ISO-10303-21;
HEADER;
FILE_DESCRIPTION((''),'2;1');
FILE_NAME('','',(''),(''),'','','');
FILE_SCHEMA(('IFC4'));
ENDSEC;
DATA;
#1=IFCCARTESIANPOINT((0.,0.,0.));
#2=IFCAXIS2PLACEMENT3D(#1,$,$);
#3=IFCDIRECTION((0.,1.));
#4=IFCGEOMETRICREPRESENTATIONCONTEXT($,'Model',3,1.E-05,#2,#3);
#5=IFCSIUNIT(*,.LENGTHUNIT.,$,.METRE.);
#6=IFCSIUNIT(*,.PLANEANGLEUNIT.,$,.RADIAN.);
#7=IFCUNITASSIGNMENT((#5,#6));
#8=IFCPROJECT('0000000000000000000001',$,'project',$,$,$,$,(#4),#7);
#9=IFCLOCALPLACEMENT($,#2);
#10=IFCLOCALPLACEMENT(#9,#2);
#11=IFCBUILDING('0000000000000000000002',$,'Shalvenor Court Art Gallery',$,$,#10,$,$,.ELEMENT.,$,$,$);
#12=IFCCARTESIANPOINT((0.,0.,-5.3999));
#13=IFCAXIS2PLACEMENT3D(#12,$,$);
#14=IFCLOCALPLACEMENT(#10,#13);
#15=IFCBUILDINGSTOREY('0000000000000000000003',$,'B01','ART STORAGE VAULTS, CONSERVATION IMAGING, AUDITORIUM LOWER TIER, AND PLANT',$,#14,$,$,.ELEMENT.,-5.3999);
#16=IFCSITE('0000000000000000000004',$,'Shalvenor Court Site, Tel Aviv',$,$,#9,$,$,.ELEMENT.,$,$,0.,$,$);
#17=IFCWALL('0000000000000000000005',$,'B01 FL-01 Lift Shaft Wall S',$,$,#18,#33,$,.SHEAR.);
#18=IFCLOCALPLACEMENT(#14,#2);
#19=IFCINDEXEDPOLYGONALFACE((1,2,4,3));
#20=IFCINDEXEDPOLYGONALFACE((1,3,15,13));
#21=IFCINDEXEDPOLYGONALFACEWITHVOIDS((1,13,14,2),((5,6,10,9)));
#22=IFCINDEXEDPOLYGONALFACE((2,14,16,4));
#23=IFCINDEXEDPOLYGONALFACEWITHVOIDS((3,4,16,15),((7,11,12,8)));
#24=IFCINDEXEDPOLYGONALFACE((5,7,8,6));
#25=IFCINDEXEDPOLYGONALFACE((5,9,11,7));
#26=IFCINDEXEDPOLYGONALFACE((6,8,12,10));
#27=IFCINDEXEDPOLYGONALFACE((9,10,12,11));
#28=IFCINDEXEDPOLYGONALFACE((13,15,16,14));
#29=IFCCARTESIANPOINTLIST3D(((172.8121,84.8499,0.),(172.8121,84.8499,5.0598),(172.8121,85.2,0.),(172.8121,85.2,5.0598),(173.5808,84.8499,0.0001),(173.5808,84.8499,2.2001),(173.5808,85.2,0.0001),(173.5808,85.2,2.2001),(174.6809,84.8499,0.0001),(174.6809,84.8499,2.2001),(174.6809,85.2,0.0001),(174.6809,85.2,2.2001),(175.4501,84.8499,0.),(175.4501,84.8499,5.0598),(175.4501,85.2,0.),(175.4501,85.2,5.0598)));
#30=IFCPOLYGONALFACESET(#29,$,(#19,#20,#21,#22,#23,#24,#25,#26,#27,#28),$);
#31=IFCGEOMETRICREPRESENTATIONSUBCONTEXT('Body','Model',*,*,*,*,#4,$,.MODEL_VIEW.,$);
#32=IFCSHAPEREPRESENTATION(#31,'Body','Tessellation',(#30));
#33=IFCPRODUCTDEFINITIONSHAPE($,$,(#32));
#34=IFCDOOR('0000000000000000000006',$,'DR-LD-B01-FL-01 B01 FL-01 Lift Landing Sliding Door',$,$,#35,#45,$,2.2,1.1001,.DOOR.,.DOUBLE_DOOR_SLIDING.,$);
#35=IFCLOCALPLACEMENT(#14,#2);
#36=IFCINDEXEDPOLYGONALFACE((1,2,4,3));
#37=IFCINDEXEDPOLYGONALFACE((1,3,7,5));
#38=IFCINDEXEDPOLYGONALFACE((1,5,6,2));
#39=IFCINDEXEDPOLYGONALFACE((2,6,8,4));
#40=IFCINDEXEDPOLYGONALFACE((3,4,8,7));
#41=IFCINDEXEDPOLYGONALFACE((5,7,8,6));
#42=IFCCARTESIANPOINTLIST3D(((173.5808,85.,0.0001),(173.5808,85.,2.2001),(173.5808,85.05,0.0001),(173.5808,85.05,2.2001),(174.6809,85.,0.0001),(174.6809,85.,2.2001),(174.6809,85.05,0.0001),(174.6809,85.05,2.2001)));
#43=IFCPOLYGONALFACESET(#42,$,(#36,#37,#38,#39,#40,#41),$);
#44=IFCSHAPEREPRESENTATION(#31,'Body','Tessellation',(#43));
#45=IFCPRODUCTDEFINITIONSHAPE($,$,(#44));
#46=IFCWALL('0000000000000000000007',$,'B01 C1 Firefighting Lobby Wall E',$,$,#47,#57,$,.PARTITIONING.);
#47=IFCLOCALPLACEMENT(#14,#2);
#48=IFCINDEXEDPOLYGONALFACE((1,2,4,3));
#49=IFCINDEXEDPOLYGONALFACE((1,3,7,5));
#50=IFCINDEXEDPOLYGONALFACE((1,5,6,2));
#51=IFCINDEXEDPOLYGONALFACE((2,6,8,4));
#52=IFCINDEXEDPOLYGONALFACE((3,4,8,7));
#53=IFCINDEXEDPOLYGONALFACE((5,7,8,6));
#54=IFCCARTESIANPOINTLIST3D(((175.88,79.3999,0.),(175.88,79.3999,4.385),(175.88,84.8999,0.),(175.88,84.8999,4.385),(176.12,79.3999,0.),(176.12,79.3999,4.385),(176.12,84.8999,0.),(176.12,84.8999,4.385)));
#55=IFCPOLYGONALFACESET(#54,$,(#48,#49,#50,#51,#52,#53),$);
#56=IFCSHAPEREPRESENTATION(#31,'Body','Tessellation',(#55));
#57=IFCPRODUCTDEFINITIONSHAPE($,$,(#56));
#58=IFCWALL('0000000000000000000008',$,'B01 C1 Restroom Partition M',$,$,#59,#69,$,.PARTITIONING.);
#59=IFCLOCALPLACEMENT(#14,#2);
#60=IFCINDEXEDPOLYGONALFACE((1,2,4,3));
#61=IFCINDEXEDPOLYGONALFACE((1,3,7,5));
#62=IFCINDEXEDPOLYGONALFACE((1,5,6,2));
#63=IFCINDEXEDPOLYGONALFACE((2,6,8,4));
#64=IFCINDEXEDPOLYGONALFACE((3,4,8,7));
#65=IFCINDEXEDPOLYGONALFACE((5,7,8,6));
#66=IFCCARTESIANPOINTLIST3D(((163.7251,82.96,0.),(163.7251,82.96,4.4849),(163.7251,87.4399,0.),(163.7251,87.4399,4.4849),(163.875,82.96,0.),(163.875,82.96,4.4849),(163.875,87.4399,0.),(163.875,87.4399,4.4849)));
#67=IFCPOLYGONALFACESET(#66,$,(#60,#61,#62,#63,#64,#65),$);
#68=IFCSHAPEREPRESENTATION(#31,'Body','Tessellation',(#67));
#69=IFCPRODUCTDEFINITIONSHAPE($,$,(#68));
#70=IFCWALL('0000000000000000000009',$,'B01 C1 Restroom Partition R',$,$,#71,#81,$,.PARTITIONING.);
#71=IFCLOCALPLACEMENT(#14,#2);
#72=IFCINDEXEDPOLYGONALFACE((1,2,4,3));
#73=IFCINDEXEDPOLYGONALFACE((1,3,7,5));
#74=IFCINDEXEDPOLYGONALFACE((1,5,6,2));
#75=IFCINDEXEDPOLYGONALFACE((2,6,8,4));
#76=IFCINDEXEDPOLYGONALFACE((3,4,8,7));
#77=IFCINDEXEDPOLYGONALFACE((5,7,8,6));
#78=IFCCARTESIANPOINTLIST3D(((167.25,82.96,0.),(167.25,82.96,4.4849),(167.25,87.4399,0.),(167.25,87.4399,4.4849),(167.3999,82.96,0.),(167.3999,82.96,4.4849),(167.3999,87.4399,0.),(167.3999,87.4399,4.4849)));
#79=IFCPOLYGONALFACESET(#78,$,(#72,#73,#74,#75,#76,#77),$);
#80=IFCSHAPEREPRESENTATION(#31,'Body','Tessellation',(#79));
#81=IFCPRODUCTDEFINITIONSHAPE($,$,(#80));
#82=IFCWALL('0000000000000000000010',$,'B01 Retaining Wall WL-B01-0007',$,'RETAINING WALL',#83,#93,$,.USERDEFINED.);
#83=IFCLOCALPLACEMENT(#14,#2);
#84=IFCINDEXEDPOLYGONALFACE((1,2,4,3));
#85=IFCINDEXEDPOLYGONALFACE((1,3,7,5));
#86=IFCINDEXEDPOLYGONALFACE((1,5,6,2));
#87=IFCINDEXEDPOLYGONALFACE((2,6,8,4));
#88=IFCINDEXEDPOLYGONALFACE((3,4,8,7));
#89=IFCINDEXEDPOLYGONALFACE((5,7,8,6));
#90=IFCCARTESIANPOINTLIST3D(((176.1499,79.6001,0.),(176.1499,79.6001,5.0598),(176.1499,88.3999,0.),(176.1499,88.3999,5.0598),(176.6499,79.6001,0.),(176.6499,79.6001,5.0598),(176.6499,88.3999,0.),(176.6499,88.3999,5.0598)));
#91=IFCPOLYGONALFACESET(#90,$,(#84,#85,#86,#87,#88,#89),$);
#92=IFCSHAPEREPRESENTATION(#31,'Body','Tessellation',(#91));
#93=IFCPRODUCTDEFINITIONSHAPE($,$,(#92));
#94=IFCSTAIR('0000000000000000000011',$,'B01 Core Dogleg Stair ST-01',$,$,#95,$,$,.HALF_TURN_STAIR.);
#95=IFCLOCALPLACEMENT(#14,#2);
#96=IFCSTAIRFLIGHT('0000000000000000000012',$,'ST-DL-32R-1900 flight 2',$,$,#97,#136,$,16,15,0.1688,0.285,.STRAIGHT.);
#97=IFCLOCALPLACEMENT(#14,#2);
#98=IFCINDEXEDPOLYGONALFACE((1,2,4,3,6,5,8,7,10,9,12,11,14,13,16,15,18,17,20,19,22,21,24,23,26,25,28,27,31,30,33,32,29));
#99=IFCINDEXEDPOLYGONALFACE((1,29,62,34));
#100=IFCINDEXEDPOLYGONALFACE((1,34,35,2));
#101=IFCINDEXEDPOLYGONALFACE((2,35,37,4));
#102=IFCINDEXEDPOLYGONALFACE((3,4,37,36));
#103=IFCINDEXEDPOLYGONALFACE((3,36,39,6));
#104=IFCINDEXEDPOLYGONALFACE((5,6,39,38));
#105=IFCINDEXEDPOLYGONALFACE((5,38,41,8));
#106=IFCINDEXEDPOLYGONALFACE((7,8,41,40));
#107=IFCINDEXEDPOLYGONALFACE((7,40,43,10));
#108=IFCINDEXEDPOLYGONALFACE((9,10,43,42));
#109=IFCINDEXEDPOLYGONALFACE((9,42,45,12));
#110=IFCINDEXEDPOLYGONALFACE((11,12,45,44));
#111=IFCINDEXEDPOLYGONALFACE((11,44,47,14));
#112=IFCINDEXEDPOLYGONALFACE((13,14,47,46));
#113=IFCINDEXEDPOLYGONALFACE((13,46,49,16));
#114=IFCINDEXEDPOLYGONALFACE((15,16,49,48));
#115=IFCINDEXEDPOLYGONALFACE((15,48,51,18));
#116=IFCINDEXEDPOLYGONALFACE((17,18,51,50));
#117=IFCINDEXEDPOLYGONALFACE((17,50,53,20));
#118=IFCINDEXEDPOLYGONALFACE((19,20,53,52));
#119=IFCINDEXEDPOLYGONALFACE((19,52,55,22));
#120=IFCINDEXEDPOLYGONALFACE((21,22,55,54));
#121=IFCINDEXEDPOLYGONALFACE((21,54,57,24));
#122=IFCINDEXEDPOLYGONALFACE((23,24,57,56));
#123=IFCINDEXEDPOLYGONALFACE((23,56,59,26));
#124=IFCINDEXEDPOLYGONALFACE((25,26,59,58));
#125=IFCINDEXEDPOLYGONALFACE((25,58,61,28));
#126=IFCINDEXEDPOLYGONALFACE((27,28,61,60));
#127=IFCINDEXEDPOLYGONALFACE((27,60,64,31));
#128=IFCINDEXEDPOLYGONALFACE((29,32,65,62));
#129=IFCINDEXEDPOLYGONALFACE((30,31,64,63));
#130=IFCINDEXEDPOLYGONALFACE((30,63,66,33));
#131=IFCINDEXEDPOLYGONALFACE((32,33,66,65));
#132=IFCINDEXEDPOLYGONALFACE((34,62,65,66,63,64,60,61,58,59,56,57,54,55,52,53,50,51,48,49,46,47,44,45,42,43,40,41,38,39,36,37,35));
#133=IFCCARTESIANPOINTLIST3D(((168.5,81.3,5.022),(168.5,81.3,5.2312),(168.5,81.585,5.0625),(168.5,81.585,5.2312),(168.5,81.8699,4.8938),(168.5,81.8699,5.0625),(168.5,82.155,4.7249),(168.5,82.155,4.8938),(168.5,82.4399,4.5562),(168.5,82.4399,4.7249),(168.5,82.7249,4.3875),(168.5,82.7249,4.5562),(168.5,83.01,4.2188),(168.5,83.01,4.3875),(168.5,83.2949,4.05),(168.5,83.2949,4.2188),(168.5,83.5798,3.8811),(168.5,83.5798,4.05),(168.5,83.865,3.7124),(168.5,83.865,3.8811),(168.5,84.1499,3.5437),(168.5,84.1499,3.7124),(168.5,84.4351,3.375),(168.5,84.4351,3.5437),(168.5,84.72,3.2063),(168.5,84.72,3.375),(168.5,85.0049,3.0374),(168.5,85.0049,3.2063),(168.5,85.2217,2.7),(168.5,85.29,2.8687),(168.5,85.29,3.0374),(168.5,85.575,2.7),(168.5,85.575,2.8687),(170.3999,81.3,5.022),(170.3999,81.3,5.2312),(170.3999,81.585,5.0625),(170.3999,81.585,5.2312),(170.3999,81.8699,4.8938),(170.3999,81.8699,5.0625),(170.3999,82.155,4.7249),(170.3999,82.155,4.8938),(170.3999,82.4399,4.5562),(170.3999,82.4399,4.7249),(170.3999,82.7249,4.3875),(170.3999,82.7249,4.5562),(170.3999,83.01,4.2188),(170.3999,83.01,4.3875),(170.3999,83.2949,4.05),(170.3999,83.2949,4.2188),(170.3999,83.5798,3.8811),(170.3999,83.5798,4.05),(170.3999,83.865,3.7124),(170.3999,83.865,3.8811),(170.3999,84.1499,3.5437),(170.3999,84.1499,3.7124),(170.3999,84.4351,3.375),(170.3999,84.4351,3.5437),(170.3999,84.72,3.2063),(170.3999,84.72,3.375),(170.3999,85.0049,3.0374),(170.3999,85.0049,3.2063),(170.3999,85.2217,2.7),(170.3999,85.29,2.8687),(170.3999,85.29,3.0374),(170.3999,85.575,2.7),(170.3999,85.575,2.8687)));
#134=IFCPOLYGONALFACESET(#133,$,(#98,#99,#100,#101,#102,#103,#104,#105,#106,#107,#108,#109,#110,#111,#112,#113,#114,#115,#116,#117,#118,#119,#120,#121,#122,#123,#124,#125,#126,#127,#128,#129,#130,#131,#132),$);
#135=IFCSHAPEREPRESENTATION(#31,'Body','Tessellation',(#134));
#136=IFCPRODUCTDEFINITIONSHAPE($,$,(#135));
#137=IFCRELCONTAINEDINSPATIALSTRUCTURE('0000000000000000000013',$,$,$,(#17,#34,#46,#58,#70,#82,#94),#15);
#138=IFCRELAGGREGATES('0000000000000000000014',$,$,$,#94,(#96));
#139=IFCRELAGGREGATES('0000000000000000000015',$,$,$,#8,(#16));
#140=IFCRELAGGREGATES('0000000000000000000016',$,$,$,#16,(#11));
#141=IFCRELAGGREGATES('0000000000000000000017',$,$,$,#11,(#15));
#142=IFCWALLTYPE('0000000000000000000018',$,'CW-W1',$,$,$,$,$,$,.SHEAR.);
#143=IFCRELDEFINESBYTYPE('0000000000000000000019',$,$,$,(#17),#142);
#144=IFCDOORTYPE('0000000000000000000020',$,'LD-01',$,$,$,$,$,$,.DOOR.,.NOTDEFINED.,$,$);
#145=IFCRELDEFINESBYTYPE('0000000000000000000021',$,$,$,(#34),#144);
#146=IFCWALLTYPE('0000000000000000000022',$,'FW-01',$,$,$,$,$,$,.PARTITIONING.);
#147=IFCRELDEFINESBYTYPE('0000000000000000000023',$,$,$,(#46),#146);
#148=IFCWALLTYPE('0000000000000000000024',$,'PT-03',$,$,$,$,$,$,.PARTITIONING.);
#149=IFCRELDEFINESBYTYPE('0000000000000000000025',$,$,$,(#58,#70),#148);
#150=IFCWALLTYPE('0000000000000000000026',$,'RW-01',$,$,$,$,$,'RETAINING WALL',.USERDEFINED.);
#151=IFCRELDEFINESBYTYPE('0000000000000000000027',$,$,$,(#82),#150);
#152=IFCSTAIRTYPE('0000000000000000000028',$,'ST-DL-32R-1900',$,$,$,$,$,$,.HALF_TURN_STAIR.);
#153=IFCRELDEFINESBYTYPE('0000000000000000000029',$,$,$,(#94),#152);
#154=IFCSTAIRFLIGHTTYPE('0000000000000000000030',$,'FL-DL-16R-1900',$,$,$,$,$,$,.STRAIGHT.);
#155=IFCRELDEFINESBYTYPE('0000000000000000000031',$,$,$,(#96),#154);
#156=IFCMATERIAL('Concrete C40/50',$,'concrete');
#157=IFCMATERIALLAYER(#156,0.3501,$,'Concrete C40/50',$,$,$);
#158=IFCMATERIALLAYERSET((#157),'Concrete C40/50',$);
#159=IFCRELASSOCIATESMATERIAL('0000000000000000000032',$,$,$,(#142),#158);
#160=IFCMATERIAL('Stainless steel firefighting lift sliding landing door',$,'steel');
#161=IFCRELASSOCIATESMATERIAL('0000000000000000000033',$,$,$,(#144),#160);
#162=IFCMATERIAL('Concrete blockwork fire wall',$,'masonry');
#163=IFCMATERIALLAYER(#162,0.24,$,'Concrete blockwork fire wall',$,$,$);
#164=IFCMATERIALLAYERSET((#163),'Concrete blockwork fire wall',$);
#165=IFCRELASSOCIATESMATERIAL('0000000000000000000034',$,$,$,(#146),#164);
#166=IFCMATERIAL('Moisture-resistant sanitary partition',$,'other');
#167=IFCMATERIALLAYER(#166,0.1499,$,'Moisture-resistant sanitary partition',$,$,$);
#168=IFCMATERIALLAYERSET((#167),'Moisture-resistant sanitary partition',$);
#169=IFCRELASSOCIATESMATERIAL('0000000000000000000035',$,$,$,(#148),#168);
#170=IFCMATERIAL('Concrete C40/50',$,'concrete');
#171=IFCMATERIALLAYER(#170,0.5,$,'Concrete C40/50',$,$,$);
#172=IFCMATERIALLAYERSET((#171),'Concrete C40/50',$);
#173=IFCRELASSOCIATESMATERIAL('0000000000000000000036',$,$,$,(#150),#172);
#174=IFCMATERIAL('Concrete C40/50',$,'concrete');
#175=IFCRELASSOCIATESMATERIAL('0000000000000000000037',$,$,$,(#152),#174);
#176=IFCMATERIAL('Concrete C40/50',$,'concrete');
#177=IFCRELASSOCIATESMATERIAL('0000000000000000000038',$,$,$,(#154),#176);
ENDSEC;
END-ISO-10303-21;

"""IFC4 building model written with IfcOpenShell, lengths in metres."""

from ifc_helpers import new_model, si_unit, direction, frame, frame_2d, origin, place, context, subcontext, project, spatial, polyline, rectangle, outline, extrude, material, layer, layer_set, type_object, element, fill, aggregate, save


model = new_model("IFC4")

# Units and contexts
model_context = context("Model", 3, precision=1e-05, world=origin(), true_north=direction((0.0, 1.0)))
body_context = subcontext(model_context, "Body", "Model", "MODEL_VIEW")
ifc_project = project(units=[si_unit("LENGTHUNIT", "METRE"), si_unit("PLANEANGLEUNIT", "RADIAN")], contexts=[model_context])

# Site, building, storey
site_placement = place(None, origin())
site = spatial("IfcSite", under=ifc_project, at=site_placement, Name="Shalvenor Court Site, Tel Aviv", CompositionType="ELEMENT", RefElevation=0.0)
building_placement = place(site_placement, origin())
building = spatial("IfcBuilding", under=site, at=building_placement, Name="Shalvenor Court Art Gallery", CompositionType="ELEMENT")
storey_placement = place(building_placement, frame((0.0, 0.0, -5.3999)))
storey = spatial("IfcBuildingStorey", under=building, at=storey_placement, Name="B01", Description="ART STORAGE VAULTS, CONSERVATION IMAGING, AUDITORIUM LOWER TIER, AND PLANT", CompositionType="ELEMENT", Elevation=-5.3999)

# Shared definitions
ifc_material_1 = material(Name="Concrete C40/50", Category="concrete")
ifc_layer_1 = layer(ifc_material_1, 0.3501, Name="Concrete C40/50")
ifc_layer_set_1 = layer_set([ifc_layer_1], Name="Concrete C40/50")
wall_type_1 = type_object("IfcWallType", Name="CW-W1", PredefinedType="SHEAR", material=ifc_layer_set_1)

# Wall, opening, door
wall_1_placement = place(storey_placement, frame((175.45, 85.0249, 0.0), z_axis=(0.0, 0.0, 1.0), x_axis=(-1.0, 0.0, 0.0)))
wall_1 = element("IfcWall", 1, at=wall_1_placement, inside=storey, type_object=wall_type_1, Name="B01 FL-01 Lift Shaft Wall S", PredefinedType="SHEAR", context=body_context, shape_type="SweptSolid", body=[
    extrude(rectangle(XDim=2.6379, YDim=0.3501, at=frame_2d((1.3188, 0.0))), origin(), (0.0, 0.0, 1.0), 5.0598),
])
opening_placement = place(wall_1_placement, frame((0.769, 0.0, 0.0)))
opening = element("IfcOpeningElement", 2, at=opening_placement, cuts=wall_1, PredefinedType="OPENING", context=body_context, shape_type="SweptSolid", body=[
    extrude(rectangle(XDim=1.1001, YDim=2.2, at=frame_2d((0.55, 1.1001))), frame((0.0, 0.1851, 0.0), z_axis=(0.0, -1.0, 0.0), x_axis=(1.0, 0.0, 0.0)), (0.0, 0.0, 1.0), 0.3701),
])
ifc_material_2 = material(Name="Stainless steel firefighting lift sliding landing door", Category="steel")
door_type = type_object("IfcDoorType", Name="LD-01", OperationType="NOTDEFINED", PredefinedType="DOOR", material=ifc_material_2)
door_placement = place(opening_placement, origin())
door = element("IfcDoor", 3, at=door_placement, inside=storey, type_object=door_type, Name="DR-LD-B01-FL-01 B01 FL-01 Lift Landing Sliding Door", OperationType="DOUBLE_DOOR_SLIDING", OverallHeight=2.2, OverallWidth=1.1001, PredefinedType="DOOR", context=body_context, shape_type="SweptSolid", body=[
    extrude(rectangle(XDim=1.1001, YDim=2.2, at=frame_2d((0.55, 1.1001))), frame((0.0, 0.0249, 0.0), z_axis=(0.0, -1.0, 0.0), x_axis=(1.0, 0.0, 0.0)), (0.0, 0.0, 1.0), 0.05),
])
fill(opening, door)

# Walls
ifc_material_3 = material(Name="Concrete blockwork fire wall", Category="masonry")
ifc_layer_2 = layer(ifc_material_3, 0.24, Name="Concrete blockwork fire wall")
ifc_layer_set_2 = layer_set([ifc_layer_2], Name="Concrete blockwork fire wall")
wall_type_2 = type_object("IfcWallType", Name="FW-01", PredefinedType="PARTITIONING", material=ifc_layer_set_2)
wall_2_placement = place(storey_placement, frame((176.0, 84.8999, 0.0), z_axis=(0.0, 0.0, 1.0), x_axis=(0.0, -1.0, 0.0)))
element("IfcWall", 4, at=wall_2_placement, inside=storey, type_object=wall_type_2, Name="B01 C1 Firefighting Lobby Wall E", PredefinedType="PARTITIONING", context=body_context, shape_type="SweptSolid", body=[
    extrude(rectangle(XDim=5.5, YDim=0.24, at=frame_2d((2.75, 0.0))), origin(), (0.0, 0.0, 1.0), 4.385),
])
ifc_material_4 = material(Name="Moisture-resistant sanitary partition", Category="other")
ifc_layer_3 = layer(ifc_material_4, 0.1499, Name="Moisture-resistant sanitary partition")
ifc_layer_set_3 = layer_set([ifc_layer_3], Name="Moisture-resistant sanitary partition")
wall_type_3 = type_object("IfcWallType", Name="PT-03", PredefinedType="PARTITIONING", material=ifc_layer_set_3)
for number, where, z_axis, x_axis, name in (
    (5, (163.8, 82.96, 0.0), (0.0, 0.0, 1.0), (0.0, 1.0, 0.0), "B01 C1 Restroom Partition M"),
    (6, (167.325, 82.96, 0.0), (0.0, 0.0, 1.0), (0.0, 1.0, 0.0), "B01 C1 Restroom Partition R"),
):
    element("IfcWall", number, at=place(storey_placement, frame(where, z_axis=z_axis, x_axis=x_axis)), inside=storey, type_object=wall_type_3, Name=name, PredefinedType="PARTITIONING", context=body_context, shape_type="SweptSolid", body=[
        extrude(rectangle(XDim=4.48, YDim=0.1499, at=frame_2d((2.24, 0.0))), origin(), (0.0, 0.0, 1.0), 4.4849),
    ])
ifc_material_5 = material(Name="Concrete C40/50", Category="concrete")
ifc_layer_4 = layer(ifc_material_5, 0.5, Name="Concrete C40/50")
ifc_layer_set_4 = layer_set([ifc_layer_4], Name="Concrete C40/50")
wall_type_4 = type_object("IfcWallType", Name="RW-01", ElementType="RETAINING WALL", PredefinedType="USERDEFINED", material=ifc_layer_set_4)
wall_3_placement = place(storey_placement, frame((176.3999, 88.3999, 0.0), z_axis=(0.0, 0.0, 1.0), x_axis=(0.0, -1.0, 0.0)))
element("IfcWall", 7, at=wall_3_placement, inside=storey, type_object=wall_type_4, Name="B01 Retaining Wall WL-B01-0007", ObjectType="RETAINING WALL", PredefinedType="USERDEFINED", context=body_context, shape_type="SweptSolid", body=[
    extrude(rectangle(XDim=8.7998, YDim=0.5, at=frame_2d((4.3999, 0.0))), origin(), (0.0, 0.0, 1.0), 5.0598),
])

# Stair, stair flight
ifc_material_6 = material(Name="Concrete C40/50", Category="concrete")
stair_type = type_object("IfcStairType", Name="ST-DL-32R-1900", PredefinedType="HALF_TURN_STAIR", material=ifc_material_6)
stair_placement = place(storey_placement, origin())
stair = element("IfcStair", 8, at=stair_placement, inside=storey, type_object=stair_type, Name="B01 Core Dogleg Stair ST-01", PredefinedType="HALF_TURN_STAIR")
ifc_material_7 = material(Name="Concrete C40/50", Category="concrete")
stair_flight_type = type_object("IfcStairFlightType", Name="FL-DL-16R-1900", PredefinedType="STRAIGHT", material=ifc_material_7)
stair_flight_placement = place(storey_placement, frame((169.45, 85.575, 2.7), z_axis=(0.0, 0.0, 1.0), x_axis=(0.0, -1.0, 0.0)))
stair_flight = element("IfcStairFlight", 9, at=stair_flight_placement, type_object=stair_flight_type, Name="ST-DL-32R-1900 flight 2", NumberOfRisers=16, NumberOfTreads=15, PredefinedType="STRAIGHT", RiserHeight=0.1688, TreadLength=0.285, context=body_context, shape_type="SweptSolid", body=[
    extrude(outline(polyline([(0.0, 0.0), (0.0, 0.1687), (0.2849, 0.1687), (0.2849, 0.3374), (0.5701, 0.3374), (0.5701, 0.5063), (0.855, 0.5063), (0.855, 0.675), (1.1399, 0.675), (1.1399, 0.8438), (1.425, 0.8438), (1.425, 1.0125), (1.71, 1.0125), (1.71, 1.1812), (1.9951, 1.1812), (1.9951, 1.3501), (2.28, 1.3501), (2.28, 1.5188), (2.5649, 1.5188), (2.5649, 1.6875), (2.8501, 1.6875), (2.8501, 1.8562), (3.135, 1.8562), (3.135, 2.0249), (3.4199, 2.0249), (3.4199, 2.1938), (3.7051, 2.1938), (3.7051, 2.3625), (3.99, 2.3625), (3.99, 2.5312), (4.2749, 2.5312), (4.2749, 2.7), (4.2749, 2.322), (0.3533, 0.0), (0.0, 0.0)])), frame((0.0, 0.95, 0.0), z_axis=(0.0, -1.0, 0.0), x_axis=(1.0, 0.0, 0.0)), (0.0, 0.0, 1.0), 1.8999),
])
aggregate(stair, [stair_flight])

save(model, "model.ifc")
